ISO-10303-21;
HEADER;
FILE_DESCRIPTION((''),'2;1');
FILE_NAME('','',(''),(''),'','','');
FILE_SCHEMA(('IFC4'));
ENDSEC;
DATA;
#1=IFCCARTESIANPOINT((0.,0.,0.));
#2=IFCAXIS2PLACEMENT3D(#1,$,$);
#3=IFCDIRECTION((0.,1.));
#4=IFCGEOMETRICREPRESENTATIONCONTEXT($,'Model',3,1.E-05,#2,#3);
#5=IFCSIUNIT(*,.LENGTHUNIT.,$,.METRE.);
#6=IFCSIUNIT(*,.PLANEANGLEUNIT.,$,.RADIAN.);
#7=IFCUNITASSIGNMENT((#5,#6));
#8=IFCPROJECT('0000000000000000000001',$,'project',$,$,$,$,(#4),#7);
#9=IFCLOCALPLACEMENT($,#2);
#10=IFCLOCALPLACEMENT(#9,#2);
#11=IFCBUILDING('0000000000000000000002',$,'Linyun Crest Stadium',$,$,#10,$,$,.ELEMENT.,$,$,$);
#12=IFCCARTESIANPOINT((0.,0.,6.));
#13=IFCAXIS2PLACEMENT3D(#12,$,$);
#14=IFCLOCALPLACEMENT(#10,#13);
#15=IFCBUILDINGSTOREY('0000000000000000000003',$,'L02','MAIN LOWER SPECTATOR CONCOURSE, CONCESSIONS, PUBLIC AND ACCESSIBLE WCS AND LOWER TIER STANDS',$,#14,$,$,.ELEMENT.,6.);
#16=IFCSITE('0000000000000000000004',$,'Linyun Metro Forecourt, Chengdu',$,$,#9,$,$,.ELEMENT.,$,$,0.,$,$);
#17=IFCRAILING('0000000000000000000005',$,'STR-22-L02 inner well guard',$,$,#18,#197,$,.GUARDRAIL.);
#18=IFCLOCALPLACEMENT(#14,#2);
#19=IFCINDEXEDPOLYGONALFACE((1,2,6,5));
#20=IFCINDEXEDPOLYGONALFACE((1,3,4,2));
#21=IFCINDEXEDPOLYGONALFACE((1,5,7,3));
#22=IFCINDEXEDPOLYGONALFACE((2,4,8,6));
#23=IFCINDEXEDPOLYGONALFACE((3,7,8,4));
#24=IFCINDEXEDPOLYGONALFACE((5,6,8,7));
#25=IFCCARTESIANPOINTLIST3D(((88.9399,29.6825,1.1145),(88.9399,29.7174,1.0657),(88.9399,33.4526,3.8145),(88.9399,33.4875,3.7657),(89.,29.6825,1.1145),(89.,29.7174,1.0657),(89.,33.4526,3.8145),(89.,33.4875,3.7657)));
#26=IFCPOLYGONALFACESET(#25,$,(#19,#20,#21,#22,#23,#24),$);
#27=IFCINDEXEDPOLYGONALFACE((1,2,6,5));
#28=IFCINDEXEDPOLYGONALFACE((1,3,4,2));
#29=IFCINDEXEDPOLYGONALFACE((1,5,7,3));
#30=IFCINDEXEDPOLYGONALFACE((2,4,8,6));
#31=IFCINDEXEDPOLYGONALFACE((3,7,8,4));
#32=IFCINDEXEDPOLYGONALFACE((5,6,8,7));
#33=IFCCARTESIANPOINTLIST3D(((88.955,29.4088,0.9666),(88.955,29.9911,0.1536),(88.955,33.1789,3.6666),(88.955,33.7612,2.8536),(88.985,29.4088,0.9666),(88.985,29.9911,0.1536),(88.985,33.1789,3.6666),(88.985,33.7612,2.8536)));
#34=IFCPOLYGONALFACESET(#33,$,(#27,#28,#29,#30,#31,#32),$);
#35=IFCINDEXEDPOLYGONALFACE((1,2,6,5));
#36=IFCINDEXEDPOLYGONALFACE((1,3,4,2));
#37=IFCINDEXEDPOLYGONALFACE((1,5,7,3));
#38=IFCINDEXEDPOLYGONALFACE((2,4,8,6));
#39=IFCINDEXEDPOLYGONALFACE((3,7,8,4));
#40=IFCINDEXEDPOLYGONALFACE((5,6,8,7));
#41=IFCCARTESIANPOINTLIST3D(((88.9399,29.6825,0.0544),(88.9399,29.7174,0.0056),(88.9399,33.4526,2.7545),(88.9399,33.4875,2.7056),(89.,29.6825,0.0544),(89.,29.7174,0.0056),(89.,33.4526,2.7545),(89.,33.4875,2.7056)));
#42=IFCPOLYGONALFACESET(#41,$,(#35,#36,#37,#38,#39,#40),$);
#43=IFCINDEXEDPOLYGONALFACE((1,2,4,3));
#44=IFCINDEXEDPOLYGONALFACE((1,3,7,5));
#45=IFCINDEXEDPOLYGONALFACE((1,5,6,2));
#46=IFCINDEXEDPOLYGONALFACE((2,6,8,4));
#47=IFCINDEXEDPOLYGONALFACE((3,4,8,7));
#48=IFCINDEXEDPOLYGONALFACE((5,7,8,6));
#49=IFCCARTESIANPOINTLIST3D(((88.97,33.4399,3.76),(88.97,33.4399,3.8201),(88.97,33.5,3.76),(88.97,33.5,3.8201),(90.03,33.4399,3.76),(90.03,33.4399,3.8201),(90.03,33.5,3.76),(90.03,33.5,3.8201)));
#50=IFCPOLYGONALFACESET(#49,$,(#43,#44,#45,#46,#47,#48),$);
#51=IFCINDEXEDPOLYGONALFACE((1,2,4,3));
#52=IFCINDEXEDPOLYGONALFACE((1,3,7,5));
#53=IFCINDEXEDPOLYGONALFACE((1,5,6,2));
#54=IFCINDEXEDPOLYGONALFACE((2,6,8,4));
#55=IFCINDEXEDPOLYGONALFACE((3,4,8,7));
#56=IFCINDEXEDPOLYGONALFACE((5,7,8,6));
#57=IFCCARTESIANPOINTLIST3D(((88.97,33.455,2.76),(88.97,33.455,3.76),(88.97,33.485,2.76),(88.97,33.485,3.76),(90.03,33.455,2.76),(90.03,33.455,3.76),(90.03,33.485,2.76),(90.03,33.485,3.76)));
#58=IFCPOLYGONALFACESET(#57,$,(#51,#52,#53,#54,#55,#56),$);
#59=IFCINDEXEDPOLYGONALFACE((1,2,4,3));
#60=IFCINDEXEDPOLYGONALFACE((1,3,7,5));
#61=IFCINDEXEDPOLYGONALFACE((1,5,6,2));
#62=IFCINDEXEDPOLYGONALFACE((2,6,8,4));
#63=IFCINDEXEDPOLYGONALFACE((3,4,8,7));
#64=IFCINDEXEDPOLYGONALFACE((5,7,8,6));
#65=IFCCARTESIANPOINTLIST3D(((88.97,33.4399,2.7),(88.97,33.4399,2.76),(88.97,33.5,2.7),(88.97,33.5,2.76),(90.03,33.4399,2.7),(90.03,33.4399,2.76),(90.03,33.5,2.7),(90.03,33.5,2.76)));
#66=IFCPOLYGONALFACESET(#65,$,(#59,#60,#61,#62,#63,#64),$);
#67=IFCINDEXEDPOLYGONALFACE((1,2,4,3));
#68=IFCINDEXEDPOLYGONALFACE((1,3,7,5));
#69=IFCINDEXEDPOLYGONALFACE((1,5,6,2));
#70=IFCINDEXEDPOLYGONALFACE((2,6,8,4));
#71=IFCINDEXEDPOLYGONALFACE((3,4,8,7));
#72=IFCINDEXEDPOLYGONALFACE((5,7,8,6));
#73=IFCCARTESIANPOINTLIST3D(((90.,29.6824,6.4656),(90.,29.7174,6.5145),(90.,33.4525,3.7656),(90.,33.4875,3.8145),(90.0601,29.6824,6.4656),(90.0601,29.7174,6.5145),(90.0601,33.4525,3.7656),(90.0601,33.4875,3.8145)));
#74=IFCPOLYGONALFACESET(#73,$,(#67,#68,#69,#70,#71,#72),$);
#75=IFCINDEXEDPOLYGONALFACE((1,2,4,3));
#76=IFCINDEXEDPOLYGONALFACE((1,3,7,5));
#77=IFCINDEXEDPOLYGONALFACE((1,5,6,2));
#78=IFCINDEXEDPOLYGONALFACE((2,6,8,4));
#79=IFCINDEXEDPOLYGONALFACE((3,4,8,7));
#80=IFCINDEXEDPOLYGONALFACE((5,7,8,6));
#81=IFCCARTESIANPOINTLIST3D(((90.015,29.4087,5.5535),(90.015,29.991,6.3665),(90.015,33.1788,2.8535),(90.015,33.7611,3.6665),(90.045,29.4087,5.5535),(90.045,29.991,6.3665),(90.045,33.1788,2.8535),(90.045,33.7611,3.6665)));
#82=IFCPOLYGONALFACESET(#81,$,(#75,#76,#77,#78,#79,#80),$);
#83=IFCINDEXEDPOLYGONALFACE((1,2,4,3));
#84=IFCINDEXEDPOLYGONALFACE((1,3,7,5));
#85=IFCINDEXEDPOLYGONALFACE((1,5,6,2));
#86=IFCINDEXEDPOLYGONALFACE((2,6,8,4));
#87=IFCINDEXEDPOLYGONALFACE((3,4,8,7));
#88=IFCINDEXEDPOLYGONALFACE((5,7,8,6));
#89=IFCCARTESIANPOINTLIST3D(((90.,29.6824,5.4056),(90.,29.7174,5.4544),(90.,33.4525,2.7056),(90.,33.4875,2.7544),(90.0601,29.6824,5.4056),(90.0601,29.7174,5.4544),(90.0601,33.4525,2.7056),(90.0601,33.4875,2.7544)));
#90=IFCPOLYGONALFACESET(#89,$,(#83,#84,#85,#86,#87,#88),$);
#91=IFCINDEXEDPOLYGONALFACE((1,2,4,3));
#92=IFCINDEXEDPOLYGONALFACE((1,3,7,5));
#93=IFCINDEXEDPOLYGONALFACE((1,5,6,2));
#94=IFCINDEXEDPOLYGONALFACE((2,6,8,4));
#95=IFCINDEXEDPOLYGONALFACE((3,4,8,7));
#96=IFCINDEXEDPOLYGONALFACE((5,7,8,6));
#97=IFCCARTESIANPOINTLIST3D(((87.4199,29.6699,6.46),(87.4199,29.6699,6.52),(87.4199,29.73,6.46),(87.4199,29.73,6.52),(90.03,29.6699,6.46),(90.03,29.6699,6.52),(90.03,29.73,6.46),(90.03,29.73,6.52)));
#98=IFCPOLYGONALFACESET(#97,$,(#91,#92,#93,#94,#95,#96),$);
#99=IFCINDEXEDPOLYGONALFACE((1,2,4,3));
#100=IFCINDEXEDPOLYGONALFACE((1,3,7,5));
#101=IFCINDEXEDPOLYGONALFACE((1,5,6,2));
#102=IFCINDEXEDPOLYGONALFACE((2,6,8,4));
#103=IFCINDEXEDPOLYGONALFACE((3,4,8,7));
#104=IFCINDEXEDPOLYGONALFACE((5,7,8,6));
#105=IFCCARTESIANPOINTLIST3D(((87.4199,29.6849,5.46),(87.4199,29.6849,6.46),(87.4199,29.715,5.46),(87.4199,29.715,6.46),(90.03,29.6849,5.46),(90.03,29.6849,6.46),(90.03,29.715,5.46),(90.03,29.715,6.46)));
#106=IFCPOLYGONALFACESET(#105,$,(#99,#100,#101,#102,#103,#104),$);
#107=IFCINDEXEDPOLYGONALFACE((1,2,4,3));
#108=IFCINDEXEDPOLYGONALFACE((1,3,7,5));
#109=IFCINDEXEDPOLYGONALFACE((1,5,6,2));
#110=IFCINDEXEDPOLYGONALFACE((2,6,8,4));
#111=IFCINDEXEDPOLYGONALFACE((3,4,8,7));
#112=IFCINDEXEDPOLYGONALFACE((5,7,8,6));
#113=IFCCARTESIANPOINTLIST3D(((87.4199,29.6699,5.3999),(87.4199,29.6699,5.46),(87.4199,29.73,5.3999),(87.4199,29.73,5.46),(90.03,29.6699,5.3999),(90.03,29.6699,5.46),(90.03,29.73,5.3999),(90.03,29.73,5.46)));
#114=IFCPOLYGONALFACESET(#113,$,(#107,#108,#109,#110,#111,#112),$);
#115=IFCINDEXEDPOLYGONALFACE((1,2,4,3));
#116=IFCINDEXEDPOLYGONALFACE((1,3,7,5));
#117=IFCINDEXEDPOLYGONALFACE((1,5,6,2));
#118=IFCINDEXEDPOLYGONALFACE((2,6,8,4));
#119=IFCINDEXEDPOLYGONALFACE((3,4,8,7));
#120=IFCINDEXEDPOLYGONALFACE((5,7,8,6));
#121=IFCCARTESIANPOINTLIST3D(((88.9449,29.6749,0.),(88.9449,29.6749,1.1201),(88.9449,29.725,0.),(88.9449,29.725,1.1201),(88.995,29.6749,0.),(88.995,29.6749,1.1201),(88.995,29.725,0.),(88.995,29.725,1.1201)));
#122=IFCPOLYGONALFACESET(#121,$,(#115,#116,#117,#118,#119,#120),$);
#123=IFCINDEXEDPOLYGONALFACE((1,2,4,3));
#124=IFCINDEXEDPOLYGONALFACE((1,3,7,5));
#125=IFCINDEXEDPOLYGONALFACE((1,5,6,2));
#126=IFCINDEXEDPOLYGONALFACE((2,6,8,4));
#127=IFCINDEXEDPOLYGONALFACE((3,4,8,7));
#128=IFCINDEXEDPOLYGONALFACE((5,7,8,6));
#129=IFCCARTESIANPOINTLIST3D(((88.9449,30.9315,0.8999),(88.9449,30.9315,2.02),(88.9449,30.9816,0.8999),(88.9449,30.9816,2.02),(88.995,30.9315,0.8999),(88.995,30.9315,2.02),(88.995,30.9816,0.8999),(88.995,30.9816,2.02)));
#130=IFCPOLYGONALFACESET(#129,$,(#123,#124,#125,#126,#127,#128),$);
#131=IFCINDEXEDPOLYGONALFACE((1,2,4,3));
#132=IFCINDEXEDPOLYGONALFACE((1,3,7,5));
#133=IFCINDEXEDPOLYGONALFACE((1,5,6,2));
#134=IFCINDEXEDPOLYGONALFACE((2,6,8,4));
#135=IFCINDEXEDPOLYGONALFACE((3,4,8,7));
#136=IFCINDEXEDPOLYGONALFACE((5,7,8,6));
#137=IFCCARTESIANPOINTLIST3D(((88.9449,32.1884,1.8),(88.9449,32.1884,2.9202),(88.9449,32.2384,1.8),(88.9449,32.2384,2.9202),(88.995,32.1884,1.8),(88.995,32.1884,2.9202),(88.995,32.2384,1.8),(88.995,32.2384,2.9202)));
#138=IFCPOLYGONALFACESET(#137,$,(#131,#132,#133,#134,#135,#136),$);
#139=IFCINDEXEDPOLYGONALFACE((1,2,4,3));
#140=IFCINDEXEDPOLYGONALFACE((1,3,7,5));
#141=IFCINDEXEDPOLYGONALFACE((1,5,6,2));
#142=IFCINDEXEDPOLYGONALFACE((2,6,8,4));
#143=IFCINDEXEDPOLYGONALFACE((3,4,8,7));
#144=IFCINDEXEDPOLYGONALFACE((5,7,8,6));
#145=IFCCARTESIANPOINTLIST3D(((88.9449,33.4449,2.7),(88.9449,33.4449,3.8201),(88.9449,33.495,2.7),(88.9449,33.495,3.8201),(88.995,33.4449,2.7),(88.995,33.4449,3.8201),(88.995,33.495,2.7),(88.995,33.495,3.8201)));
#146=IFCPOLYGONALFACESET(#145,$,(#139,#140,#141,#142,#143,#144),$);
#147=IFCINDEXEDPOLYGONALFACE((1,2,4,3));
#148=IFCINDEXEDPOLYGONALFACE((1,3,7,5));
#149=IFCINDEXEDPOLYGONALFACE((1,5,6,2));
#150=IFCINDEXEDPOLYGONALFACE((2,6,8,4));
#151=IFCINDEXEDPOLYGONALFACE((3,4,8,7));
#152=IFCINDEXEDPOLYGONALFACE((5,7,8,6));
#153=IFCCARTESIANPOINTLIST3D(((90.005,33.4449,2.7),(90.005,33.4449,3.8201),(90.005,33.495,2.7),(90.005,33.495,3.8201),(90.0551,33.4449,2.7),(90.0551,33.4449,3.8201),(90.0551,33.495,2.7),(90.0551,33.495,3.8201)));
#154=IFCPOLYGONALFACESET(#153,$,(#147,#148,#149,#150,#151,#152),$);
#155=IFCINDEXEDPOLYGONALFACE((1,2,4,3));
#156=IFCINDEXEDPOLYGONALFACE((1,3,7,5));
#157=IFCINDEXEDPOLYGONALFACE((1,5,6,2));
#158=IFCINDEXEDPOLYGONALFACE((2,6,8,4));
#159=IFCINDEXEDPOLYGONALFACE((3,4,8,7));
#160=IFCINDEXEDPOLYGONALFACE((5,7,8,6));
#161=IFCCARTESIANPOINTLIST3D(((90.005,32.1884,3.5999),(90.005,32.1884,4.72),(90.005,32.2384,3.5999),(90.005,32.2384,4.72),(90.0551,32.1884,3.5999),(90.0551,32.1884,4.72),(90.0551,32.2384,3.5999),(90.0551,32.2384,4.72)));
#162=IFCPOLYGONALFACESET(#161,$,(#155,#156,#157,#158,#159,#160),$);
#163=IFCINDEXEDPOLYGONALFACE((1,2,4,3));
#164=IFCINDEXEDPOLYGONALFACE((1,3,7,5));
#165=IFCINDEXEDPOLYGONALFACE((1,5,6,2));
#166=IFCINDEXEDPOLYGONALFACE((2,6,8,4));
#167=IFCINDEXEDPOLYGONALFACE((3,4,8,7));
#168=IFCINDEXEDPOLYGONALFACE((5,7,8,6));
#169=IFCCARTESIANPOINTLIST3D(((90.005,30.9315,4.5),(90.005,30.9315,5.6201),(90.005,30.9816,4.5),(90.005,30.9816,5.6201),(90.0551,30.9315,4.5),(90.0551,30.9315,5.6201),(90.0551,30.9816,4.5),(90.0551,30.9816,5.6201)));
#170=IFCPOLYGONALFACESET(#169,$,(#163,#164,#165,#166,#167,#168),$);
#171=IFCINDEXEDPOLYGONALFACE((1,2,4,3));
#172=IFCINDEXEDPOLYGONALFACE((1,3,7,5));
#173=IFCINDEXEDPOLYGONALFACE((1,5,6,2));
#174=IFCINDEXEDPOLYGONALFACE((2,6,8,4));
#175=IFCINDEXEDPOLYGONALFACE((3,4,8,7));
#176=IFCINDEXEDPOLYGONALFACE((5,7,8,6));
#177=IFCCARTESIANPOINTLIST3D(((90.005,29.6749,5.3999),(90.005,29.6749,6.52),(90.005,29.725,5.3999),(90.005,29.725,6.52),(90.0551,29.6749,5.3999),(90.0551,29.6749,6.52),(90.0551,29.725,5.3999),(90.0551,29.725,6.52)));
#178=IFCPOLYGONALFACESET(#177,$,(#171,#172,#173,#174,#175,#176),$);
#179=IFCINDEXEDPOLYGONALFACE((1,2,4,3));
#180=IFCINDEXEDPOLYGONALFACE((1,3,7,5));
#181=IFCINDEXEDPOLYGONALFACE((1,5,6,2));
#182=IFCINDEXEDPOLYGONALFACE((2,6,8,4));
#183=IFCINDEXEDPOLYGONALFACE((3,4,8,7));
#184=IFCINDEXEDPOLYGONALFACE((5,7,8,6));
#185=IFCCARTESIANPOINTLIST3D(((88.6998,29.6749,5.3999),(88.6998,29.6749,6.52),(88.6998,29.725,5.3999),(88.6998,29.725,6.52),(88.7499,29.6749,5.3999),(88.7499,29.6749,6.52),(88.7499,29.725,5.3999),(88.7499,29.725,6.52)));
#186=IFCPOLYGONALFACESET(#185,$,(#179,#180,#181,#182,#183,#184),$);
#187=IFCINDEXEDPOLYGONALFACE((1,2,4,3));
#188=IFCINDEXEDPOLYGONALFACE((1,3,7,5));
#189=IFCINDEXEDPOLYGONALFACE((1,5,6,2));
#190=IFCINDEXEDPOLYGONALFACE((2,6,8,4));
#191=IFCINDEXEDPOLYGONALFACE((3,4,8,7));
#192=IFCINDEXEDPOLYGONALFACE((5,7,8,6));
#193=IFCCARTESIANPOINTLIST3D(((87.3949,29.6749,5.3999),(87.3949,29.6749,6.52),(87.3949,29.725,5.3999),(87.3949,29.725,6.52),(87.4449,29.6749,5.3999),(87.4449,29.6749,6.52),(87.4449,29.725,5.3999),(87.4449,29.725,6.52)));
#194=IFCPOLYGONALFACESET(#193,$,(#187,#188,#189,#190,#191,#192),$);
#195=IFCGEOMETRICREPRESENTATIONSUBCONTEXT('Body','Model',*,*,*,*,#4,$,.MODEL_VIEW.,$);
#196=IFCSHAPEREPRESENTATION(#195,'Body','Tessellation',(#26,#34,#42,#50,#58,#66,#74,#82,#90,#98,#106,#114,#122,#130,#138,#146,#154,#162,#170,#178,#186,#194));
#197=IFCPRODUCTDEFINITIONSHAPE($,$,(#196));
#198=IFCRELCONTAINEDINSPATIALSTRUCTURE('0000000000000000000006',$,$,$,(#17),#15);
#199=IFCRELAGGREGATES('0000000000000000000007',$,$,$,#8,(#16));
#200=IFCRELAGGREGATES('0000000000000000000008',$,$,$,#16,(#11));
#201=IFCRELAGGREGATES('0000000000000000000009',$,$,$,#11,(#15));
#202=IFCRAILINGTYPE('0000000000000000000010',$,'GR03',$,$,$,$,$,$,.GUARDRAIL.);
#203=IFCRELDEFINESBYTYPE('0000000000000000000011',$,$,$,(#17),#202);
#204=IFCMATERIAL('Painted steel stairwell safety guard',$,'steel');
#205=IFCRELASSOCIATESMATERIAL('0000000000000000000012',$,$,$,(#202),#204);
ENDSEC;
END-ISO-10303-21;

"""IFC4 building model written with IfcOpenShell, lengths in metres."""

from ifc_helpers import new_model, si_unit, direction, frame, origin, origin_2d, place, context, subcontext, project, spatial, rectangle, extrude, material, type_object, element, save


model = new_model("IFC4")

# Units and contexts
model_context = context("Model", 3, precision=1e-05, world=origin(), true_north=direction((0.0, 1.0)))
body_context = subcontext(model_context, "Body", "Model", "MODEL_VIEW")
ifc_project = project(units=[si_unit("LENGTHUNIT", "METRE"), si_unit("PLANEANGLEUNIT", "RADIAN")], contexts=[model_context])

# Site, building, storey
site_placement = place(None, origin())
site = spatial("IfcSite", under=ifc_project, at=site_placement, Name="Linyun Metro Forecourt, Chengdu", CompositionType="ELEMENT", RefElevation=0.0)
building_placement = place(site_placement, origin())
building = spatial("IfcBuilding", under=site, at=building_placement, Name="Linyun Crest Stadium", CompositionType="ELEMENT")
storey_placement = place(building_placement, frame((0.0, 0.0, 6.0)))
storey = spatial("IfcBuildingStorey", under=building, at=storey_placement, Name="L02", Description="MAIN LOWER SPECTATOR CONCOURSE, CONCESSIONS, PUBLIC AND ACCESSIBLE WCS AND LOWER TIER STANDS", CompositionType="ELEMENT", Elevation=6.0)

# Railing
ifc_material_1 = material(Name="Painted steel stairwell safety guard", Category="steel")
railing_type_1 = type_object("IfcRailingType", Name="GR03", PredefinedType="GUARDRAIL", material=ifc_material_1)
railing_1_placement = place(storey_placement, frame((88.97, 29.7, 0.0)))
element("IfcRailing", 1, at=railing_1_placement, inside=storey, type_object=railing_type_1, Name="STR-22-L02 inner well guard", PredefinedType="GUARDRAIL", context=body_context, shape_type="SweptSolid", body=[
    extrude(rectangle(XDim=0.0601, YDim=0.0601, at=origin_2d()), frame((0.0, 0.0, 1.0901), z_axis=(0.0, 0.813011, 0.582249), x_axis=(-1.0, 0.0, 0.0)), (0.0, 0.0, 1.0), 4.6372),
    extrude(rectangle(XDim=0.03, YDim=1.0, at=origin_2d()), frame((0.0, 0.0, 0.5601), z_axis=(0.0, 0.813011, 0.582249), x_axis=(-1.0, 0.0, 0.0)), (0.0, 0.0, 1.0), 4.6372),
    extrude(rectangle(XDim=0.0601, YDim=0.0601, at=origin_2d()), frame((0.0, 0.0, 0.03), z_axis=(0.0, 0.813011, 0.582249), x_axis=(-1.0, 0.0, 0.0)), (0.0, 0.0, 1.0), 4.6372),
    extrude(rectangle(XDim=0.0601, YDim=0.0601, at=origin_2d()), frame((0.0, 3.77, 3.79), z_axis=(1.0, 0.0, 0.0), x_axis=(0.0, 1.0, 0.0)), (0.0, 0.0, 1.0), 1.0601),
    extrude(rectangle(XDim=0.03, YDim=1.0, at=origin_2d()), frame((0.0, 3.77, 3.26), z_axis=(1.0, 0.0, 0.0), x_axis=(0.0, 1.0, 0.0)), (0.0, 0.0, 1.0), 1.0601),
    extrude(rectangle(XDim=0.0601, YDim=0.0601, at=origin_2d()), frame((0.0, 3.77, 2.73), z_axis=(1.0, 0.0, 0.0), x_axis=(0.0, 1.0, 0.0)), (0.0, 0.0, 1.0), 1.0601),
    extrude(rectangle(XDim=0.0601, YDim=0.0601, at=origin_2d()), frame((1.0601, 3.77, 3.79), z_axis=(0.0, -0.813011, 0.582249), x_axis=(1.0, 0.0, 0.0)), (0.0, 0.0, 1.0), 4.6372),
    extrude(rectangle(XDim=0.03, YDim=1.0, at=origin_2d()), frame((1.0601, 3.77, 3.26), z_axis=(0.0, -0.813011, 0.582249), x_axis=(1.0, 0.0, 0.0)), (0.0, 0.0, 1.0), 4.6372),
    extrude(rectangle(XDim=0.0601, YDim=0.0601, at=origin_2d()), frame((1.0601, 3.77, 2.73), z_axis=(0.0, -0.813011, 0.582249), x_axis=(1.0, 0.0, 0.0)), (0.0, 0.0, 1.0), 4.6372),
    extrude(rectangle(XDim=0.0601, YDim=0.0601, at=origin_2d()), frame((1.0601, 0.0, 6.49), z_axis=(-1.0, 0.0, 0.0), x_axis=(0.0, -1.0, 0.0)), (0.0, 0.0, 1.0), 2.6101),
    extrude(rectangle(XDim=0.03, YDim=1.0, at=origin_2d()), frame((1.0601, 0.0, 5.96), z_axis=(-1.0, 0.0, 0.0), x_axis=(0.0, -1.0, 0.0)), (0.0, 0.0, 1.0), 2.6101),
    extrude(rectangle(XDim=0.0601, YDim=0.0601, at=origin_2d()), frame((1.0601, 0.0, 5.4299), z_axis=(-1.0, 0.0, 0.0), x_axis=(0.0, -1.0, 0.0)), (0.0, 0.0, 1.0), 2.6101),
    extrude(rectangle(XDim=0.05, YDim=0.05, at=origin_2d()), origin(), (0.0, 0.0, 1.0), 1.1201),
    extrude(rectangle(XDim=0.05, YDim=0.05, at=origin_2d()), frame((0.0, 1.2566, 0.8999)), (0.0, 0.0, 1.0), 1.1201),
    extrude(rectangle(XDim=0.05, YDim=0.05, at=origin_2d()), frame((0.0, 2.5134, 1.8)), (0.0, 0.0, 1.0), 1.1201),
    extrude(rectangle(XDim=0.05, YDim=0.05, at=origin_2d()), frame((0.0, 3.77, 2.7)), (0.0, 0.0, 1.0), 1.1201),
    extrude(rectangle(XDim=0.05, YDim=0.05, at=origin_2d()), frame((1.0601, 3.77, 2.7)), (0.0, 0.0, 1.0), 1.1201),
    extrude(rectangle(XDim=0.05, YDim=0.05, at=origin_2d()), frame((1.0601, 2.5134, 3.5999)), (0.0, 0.0, 1.0), 1.1201),
    extrude(rectangle(XDim=0.05, YDim=0.05, at=origin_2d()), frame((1.0601, 1.2566, 4.5)), (0.0, 0.0, 1.0), 1.1201),
    extrude(rectangle(XDim=0.05, YDim=0.05, at=origin_2d()), frame((1.0601, 0.0, 5.3999)), (0.0, 0.0, 1.0), 1.1201),
    extrude(rectangle(XDim=0.05, YDim=0.05, at=origin_2d()), frame((-0.2451, 0.0, 5.3999)), (0.0, 0.0, 1.0), 1.1201),
    extrude(rectangle(XDim=0.05, YDim=0.05, at=origin_2d()), frame((-1.55, 0.0, 5.3999)), (0.0, 0.0, 1.0), 1.1201),
])

save(model, "model.ifc")
